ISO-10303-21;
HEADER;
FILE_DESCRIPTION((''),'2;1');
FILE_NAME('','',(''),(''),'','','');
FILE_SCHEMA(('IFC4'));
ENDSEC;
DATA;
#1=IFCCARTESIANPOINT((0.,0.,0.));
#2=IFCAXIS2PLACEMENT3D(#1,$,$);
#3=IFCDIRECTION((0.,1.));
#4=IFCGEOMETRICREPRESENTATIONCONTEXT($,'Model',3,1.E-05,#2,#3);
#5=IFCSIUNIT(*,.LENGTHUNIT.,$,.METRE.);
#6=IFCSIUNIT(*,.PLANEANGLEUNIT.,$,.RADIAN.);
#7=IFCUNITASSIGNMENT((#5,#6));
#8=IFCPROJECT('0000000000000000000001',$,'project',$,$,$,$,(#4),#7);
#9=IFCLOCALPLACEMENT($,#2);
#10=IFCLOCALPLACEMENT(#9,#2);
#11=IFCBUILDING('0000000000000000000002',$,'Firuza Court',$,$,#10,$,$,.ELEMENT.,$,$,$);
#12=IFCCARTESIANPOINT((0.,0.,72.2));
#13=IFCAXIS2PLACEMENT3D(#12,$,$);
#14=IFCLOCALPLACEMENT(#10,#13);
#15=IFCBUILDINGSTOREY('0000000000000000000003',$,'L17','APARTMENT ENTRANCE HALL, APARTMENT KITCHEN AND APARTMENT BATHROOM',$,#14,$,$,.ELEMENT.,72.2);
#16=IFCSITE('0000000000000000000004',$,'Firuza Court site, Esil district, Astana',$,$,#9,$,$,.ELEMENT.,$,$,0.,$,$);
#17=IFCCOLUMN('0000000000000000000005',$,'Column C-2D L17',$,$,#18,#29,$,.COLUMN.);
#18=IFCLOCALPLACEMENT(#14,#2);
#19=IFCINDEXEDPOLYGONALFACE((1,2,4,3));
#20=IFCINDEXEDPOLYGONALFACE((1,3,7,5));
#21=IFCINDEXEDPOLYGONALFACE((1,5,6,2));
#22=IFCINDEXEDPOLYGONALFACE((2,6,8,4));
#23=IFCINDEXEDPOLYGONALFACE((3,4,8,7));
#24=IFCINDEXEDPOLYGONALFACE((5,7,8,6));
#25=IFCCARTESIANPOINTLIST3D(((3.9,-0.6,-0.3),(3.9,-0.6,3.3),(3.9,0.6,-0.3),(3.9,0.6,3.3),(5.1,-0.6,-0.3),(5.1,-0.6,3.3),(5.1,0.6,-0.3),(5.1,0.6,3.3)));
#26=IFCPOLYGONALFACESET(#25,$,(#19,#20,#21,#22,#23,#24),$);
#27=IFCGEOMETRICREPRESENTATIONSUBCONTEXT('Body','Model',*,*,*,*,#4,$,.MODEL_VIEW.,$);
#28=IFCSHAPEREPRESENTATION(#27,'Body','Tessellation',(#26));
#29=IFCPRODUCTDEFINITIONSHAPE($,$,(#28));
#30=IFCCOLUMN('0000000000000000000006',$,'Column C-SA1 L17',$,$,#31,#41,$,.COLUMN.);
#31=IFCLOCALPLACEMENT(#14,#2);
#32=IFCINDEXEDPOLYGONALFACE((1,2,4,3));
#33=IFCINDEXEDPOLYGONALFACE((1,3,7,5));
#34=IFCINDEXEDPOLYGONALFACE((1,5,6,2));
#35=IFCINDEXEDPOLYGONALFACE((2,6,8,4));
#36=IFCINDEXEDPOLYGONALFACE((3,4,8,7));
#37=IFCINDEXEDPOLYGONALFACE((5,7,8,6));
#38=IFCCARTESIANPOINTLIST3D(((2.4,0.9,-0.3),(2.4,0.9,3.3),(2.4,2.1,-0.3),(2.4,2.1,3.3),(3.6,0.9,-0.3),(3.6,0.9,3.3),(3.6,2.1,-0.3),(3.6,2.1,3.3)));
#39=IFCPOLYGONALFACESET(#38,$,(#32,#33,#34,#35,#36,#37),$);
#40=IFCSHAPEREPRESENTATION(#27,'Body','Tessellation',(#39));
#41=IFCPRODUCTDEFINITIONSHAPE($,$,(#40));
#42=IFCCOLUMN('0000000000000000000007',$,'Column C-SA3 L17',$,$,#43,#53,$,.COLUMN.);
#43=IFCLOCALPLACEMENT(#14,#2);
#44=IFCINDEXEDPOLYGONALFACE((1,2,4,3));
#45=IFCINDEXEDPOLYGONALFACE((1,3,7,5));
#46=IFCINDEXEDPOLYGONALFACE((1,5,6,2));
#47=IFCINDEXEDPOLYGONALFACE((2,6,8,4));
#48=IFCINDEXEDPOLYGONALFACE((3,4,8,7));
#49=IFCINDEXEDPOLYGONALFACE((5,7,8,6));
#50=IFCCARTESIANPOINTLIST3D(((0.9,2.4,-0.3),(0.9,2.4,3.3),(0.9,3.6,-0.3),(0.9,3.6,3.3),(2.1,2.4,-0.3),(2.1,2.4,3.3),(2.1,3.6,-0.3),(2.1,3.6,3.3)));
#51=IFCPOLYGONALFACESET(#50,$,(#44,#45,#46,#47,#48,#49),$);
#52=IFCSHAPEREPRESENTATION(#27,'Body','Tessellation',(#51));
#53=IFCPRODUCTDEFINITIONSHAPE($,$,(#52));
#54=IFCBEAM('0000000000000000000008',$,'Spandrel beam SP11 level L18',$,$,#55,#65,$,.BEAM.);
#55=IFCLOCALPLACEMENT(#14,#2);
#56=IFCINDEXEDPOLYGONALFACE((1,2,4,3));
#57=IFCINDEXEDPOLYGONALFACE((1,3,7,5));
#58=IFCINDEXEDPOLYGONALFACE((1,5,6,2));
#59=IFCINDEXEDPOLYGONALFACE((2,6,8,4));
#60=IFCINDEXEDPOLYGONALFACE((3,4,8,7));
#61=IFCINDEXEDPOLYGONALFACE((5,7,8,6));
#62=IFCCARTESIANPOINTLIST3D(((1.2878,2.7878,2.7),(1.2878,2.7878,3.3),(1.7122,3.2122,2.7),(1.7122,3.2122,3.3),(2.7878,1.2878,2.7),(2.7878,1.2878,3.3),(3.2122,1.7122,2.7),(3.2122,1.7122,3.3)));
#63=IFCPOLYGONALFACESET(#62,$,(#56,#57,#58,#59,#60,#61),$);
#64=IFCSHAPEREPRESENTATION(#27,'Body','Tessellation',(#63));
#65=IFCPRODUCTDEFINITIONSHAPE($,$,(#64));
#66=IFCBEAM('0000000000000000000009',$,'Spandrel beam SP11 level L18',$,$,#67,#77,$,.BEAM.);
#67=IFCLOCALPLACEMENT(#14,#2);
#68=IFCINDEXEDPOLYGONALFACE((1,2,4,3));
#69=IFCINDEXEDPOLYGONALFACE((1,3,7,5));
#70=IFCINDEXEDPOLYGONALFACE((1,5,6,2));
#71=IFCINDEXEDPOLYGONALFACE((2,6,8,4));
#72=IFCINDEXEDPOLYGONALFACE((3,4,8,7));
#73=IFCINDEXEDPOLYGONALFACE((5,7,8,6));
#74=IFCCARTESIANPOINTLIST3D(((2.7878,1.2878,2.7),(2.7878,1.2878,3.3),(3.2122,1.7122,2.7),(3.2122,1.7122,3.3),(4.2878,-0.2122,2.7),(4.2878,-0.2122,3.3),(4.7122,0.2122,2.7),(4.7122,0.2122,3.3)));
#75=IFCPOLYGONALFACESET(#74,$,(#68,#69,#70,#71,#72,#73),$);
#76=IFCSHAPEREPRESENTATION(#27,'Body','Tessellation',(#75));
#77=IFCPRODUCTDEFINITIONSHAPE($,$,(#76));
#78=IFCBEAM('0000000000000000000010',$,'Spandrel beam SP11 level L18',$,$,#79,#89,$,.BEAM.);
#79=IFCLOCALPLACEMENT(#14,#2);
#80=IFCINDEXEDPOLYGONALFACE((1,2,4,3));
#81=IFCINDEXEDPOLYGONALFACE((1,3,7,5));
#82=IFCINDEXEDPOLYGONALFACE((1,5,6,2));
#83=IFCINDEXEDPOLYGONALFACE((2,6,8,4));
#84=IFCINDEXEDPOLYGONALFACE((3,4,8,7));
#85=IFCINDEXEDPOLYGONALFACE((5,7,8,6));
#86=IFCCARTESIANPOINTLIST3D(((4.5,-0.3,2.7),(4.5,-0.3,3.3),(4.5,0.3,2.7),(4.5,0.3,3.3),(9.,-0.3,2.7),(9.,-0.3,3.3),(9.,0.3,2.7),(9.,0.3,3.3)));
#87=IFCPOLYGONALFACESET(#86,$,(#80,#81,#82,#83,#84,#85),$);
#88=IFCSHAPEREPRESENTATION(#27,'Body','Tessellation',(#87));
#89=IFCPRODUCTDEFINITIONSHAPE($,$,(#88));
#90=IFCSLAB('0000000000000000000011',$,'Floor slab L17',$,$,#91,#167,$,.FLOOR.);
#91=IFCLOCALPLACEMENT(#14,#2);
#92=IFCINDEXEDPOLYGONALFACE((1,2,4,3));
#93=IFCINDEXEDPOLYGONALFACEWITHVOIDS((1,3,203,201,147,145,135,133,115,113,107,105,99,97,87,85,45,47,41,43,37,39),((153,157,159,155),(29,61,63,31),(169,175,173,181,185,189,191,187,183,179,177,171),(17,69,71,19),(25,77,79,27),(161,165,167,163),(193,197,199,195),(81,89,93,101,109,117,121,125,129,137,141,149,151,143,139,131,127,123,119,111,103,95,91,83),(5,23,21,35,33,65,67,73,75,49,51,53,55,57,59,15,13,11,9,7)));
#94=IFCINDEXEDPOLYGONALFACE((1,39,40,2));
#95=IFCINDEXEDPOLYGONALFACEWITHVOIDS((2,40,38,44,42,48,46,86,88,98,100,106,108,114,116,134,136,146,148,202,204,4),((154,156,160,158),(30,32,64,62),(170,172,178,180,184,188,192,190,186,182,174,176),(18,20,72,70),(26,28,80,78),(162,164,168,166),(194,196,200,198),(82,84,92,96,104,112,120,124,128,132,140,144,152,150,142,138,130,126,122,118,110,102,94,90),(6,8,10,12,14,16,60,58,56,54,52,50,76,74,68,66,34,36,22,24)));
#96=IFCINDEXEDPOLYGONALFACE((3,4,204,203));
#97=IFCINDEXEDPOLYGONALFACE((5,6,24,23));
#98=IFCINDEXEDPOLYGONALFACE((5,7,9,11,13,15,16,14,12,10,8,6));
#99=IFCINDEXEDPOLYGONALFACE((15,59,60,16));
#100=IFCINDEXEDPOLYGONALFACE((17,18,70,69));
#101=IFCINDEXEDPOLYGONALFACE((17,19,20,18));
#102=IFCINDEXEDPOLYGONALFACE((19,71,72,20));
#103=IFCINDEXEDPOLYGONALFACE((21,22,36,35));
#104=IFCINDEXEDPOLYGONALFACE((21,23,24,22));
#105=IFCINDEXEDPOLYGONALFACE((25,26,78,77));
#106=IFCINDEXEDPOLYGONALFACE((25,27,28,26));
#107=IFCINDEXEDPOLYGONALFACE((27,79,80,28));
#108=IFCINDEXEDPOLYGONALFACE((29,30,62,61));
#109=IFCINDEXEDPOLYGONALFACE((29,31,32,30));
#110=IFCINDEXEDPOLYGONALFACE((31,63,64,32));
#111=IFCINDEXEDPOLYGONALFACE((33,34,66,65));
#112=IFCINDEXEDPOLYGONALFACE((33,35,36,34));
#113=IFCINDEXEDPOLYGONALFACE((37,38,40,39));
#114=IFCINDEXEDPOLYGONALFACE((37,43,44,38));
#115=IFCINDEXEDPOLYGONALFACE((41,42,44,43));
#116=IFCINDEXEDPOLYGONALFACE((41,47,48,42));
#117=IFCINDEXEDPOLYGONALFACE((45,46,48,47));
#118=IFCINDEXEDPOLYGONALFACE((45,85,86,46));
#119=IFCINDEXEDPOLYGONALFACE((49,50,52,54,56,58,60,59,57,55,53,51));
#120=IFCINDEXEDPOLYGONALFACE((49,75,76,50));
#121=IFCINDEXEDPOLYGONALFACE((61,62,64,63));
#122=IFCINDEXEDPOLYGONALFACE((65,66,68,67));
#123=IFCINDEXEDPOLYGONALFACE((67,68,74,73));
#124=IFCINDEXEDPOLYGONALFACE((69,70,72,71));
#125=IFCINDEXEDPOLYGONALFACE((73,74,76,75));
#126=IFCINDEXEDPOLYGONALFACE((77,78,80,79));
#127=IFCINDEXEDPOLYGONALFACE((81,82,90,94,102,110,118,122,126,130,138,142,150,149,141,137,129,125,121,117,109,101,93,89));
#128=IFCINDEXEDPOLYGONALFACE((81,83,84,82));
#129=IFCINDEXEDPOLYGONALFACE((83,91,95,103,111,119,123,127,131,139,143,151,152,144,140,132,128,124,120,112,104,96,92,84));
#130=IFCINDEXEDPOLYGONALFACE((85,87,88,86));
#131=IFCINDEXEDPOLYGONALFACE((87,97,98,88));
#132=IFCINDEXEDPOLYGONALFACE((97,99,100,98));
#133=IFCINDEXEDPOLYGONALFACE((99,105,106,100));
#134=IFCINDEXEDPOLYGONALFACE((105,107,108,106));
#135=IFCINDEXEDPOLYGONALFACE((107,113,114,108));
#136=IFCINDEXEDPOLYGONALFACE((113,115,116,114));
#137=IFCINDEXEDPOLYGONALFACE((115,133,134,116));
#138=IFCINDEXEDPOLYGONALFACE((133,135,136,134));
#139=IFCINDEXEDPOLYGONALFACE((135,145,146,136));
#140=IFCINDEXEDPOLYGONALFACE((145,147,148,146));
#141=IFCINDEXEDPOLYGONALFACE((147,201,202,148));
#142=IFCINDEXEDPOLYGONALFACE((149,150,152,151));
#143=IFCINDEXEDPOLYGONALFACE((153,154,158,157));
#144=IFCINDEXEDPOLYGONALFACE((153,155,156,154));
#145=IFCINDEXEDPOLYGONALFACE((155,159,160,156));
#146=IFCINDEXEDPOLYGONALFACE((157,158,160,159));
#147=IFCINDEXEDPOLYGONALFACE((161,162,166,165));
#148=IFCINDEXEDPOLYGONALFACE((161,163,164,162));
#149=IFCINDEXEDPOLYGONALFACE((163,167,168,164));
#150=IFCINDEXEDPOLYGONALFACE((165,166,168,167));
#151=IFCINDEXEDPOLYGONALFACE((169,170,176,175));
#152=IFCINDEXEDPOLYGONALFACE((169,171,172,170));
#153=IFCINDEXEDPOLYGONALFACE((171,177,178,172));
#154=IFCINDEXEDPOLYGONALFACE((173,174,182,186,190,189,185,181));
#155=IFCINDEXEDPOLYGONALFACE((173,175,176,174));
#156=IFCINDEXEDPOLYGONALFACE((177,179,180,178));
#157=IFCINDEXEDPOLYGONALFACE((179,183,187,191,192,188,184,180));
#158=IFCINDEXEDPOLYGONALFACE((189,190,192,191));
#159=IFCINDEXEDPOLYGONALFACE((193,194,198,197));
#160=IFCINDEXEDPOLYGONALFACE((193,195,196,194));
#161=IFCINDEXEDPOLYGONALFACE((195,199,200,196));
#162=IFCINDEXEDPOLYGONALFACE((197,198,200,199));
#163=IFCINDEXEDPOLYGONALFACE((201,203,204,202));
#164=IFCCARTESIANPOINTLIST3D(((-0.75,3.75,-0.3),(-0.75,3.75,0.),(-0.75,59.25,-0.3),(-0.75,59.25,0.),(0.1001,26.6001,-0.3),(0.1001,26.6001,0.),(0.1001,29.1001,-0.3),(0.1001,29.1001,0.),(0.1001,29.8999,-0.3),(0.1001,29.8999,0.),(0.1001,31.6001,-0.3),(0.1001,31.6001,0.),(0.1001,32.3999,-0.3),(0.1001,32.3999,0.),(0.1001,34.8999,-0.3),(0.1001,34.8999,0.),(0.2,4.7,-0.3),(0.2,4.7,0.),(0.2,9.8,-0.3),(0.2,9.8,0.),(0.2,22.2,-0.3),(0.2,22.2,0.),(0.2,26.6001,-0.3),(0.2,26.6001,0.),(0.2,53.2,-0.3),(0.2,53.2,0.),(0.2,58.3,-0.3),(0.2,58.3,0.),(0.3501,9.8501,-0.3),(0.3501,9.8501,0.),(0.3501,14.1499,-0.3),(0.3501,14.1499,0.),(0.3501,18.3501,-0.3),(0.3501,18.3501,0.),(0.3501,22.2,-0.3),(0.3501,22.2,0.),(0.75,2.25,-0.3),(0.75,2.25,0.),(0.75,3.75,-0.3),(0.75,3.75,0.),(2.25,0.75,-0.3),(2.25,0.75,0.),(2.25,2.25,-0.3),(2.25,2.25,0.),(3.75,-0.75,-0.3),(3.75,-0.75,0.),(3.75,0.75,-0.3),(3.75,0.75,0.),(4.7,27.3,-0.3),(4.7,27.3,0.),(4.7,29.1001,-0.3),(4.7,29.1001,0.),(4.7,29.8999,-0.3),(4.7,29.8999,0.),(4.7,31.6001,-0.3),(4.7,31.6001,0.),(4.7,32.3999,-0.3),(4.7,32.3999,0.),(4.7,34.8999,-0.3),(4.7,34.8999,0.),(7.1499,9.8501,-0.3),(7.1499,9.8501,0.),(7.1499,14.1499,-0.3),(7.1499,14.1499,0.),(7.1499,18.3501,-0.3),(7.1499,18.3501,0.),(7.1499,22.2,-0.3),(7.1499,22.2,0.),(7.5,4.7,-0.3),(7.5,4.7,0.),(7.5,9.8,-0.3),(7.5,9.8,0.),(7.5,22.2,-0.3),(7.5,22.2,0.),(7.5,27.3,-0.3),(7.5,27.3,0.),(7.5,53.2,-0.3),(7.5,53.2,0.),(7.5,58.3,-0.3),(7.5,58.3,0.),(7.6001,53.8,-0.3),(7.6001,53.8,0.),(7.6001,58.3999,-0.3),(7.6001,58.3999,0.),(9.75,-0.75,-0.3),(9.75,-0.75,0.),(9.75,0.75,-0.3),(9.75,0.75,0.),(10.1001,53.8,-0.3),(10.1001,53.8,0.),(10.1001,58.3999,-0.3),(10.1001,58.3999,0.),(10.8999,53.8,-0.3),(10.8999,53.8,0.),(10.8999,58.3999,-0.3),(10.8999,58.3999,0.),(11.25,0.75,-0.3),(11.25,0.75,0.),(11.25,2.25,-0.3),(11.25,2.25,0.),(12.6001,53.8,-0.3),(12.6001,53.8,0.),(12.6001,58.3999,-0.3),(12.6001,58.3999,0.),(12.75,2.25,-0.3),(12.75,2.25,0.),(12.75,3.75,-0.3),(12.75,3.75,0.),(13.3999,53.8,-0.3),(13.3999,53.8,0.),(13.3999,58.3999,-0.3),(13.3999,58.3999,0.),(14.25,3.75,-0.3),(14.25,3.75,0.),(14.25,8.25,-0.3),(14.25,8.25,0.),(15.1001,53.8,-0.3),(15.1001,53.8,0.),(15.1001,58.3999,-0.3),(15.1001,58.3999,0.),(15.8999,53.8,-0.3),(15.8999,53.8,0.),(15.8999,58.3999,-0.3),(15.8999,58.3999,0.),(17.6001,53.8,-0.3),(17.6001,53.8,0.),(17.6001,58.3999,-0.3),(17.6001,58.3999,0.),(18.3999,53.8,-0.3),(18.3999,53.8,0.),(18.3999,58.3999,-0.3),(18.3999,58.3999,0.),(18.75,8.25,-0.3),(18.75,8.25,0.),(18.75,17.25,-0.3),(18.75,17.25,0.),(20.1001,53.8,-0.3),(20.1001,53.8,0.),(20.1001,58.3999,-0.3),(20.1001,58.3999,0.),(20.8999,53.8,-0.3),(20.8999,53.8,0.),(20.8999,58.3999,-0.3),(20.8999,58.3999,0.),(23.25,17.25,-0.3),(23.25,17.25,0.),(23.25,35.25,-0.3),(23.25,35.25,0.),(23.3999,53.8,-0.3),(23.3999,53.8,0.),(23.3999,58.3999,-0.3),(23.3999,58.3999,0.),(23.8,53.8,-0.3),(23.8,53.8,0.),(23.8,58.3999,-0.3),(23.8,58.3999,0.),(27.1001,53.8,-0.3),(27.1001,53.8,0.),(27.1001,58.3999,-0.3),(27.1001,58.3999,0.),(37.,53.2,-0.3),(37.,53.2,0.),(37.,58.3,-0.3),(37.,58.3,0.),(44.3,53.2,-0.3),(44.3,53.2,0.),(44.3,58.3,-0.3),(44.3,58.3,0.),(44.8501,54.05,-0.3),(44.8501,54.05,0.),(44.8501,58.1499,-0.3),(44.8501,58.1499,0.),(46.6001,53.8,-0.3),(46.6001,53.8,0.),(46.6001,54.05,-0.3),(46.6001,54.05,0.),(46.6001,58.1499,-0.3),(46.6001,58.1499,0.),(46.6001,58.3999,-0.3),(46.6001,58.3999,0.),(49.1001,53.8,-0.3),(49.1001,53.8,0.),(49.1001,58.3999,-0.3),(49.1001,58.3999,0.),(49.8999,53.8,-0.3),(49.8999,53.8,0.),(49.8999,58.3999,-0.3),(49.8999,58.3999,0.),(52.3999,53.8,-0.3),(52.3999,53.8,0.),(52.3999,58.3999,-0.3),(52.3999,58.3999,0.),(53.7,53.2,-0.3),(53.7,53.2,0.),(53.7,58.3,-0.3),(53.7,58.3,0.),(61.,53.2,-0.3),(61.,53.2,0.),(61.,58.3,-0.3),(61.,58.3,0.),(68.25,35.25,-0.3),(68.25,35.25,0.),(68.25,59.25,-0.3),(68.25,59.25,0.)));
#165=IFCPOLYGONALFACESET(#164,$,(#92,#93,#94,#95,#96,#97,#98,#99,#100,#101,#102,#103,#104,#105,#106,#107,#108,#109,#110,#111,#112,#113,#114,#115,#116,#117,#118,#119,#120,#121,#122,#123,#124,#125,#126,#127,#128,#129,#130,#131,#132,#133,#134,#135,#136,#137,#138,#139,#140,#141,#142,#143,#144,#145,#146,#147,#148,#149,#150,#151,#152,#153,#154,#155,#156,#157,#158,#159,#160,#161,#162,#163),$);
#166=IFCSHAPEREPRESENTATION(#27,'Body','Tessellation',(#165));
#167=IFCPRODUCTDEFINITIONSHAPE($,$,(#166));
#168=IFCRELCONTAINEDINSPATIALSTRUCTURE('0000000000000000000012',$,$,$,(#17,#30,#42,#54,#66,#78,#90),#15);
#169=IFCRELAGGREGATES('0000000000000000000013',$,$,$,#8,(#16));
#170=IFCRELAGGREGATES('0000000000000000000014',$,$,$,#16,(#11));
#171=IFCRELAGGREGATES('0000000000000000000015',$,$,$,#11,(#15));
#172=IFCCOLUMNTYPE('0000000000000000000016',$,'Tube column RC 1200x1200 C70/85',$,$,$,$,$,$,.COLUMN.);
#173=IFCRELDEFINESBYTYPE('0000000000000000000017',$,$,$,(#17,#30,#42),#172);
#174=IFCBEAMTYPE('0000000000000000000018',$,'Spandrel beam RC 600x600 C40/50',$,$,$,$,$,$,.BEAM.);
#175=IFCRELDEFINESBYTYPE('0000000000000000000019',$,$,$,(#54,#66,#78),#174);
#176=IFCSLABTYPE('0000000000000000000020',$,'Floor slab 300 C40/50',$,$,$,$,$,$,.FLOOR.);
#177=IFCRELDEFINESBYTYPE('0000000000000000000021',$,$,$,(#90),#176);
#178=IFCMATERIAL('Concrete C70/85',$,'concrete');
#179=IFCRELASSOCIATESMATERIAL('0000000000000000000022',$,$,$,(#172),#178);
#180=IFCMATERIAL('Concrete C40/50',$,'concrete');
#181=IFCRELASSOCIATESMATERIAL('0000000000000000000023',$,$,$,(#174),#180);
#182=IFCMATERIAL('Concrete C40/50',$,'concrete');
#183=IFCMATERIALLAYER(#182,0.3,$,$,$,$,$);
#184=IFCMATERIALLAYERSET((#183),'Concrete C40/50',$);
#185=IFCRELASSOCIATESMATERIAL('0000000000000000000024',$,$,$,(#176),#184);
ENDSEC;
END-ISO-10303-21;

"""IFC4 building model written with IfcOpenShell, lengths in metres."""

from ifc_helpers import new_model, si_unit, direction, frame, origin, origin_2d, place, context, subcontext, project, spatial, polyline, rectangle, outline, extrude, material, layer, layer_set, material_profile, profile_set, type_object, element, save


model = new_model("IFC4")

# Units and contexts
model_context = context("Model", 3, precision=1e-05, world=origin(), true_north=direction((0.0, 1.0)))
body_context = subcontext(model_context, "Body", "Model", "MODEL_VIEW")
ifc_project = project(units=[si_unit("LENGTHUNIT", "METRE"), si_unit("PLANEANGLEUNIT", "RADIAN")], contexts=[model_context])

# Site, building, storey
site_placement = place(None, origin())
site = spatial("IfcSite", under=ifc_project, at=site_placement, Name="Firuza Court site, Esil district, Astana", CompositionType="ELEMENT", RefElevation=0.0)
building_placement = place(site_placement, origin())
building = spatial("IfcBuilding", under=site, at=building_placement, Name="Firuza Court", CompositionType="ELEMENT")
storey_placement = place(building_placement, frame((0.0, 0.0, 72.2)))
storey = spatial("IfcBuildingStorey", under=building, at=storey_placement, Name="L17", Description="APARTMENT ENTRANCE HALL, APARTMENT KITCHEN AND APARTMENT BATHROOM", CompositionType="ELEMENT", Elevation=72.2)

# Columns
ifc_material_1 = material(Name="Concrete C70/85", Category="concrete")
ifc_material_profile_1 = material_profile(ifc_material_1, rectangle(XDim=1.2, YDim=1.2, at=origin_2d()), Name="RC 1200x1200")
ifc_profile_set_1 = profile_set([ifc_material_profile_1], Name="Concrete C70/85")
column_type = type_object("IfcColumnType", Name="Tube column RC 1200x1200 C70/85", PredefinedType="COLUMN", material=ifc_profile_set_1)
for number, where, z_axis, x_axis, name in (
    (1, (4.5, 0.0, -0.3), (0.0, 0.0, 1.0), (1.0, 0.0, 0.0), "Column C-2D L17"),
    (2, (3.0, 1.5, -0.3), (0.0, 0.0, 1.0), (1.0, 0.0, 0.0), "Column C-SA1 L17"),
    (3, (1.5, 3.0, -0.3), (0.0, 0.0, 1.0), (1.0, 0.0, 0.0), "Column C-SA3 L17"),
):
    element("IfcColumn", number, at=place(storey_placement, frame(where, z_axis=z_axis, x_axis=x_axis)), inside=storey, type_object=column_type, Name=name, PredefinedType="COLUMN", context=body_context, shape_type="SweptSolid", body=[
        extrude(rectangle(XDim=1.2, YDim=1.2, at=origin_2d()), origin(), (0.0, 0.0, 1.0), 3.6001),
    ])

# Beams
ifc_material_2 = material(Name="Concrete C40/50", Category="concrete")
ifc_material_profile_2 = material_profile(ifc_material_2, rectangle(XDim=0.6001, YDim=0.6001, at=origin_2d()), Name="RC 600x600")
ifc_profile_set_2 = profile_set([ifc_material_profile_2], Name="Concrete C40/50")
beam_type = type_object("IfcBeamType", Name="Spandrel beam RC 600x600 C40/50", PredefinedType="BEAM", material=ifc_profile_set_2)
for number, where, z_axis, x_axis, name in (
    (4, (1.5, 3.0, 3.0), (0.707107, -0.707107, 0.0), (0.707107, 0.707107, 0.0), "Spandrel beam SP11 level L18"),
    (5, (3.0, 1.5, 3.0), (0.707107, -0.707107, 0.0), (0.707107, 0.707107, 0.0), "Spandrel beam SP11 level L18"),
):
    element("IfcBeam", number, at=place(storey_placement, frame(where, z_axis=z_axis, x_axis=x_axis)), inside=storey, type_object=beam_type, Name=name, PredefinedType="BEAM", context=body_context, shape_type="SweptSolid", body=[
        extrude(rectangle(XDim=0.6001, YDim=0.6001, at=origin_2d()), origin(), (0.0, 0.0, 1.0), 2.1213),
    ])
beam_placement = place(storey_placement, frame((4.5, 0.0, 3.0), z_axis=(1.0, 0.0, 0.0), x_axis=(0.0, 1.0, 0.0)))
element("IfcBeam", 6, at=beam_placement, inside=storey, type_object=beam_type, Name="Spandrel beam SP11 level L18", PredefinedType="BEAM", context=body_context, shape_type="SweptSolid", body=[
    extrude(rectangle(XDim=0.6001, YDim=0.6001, at=origin_2d()), origin(), (0.0, 0.0, 1.0), 4.5),
])

# Slab
ifc_material_3 = material(Name="Concrete C40/50", Category="concrete")
ifc_layer_1 = layer(ifc_material_3, 0.3)
ifc_layer_set_1 = layer_set([ifc_layer_1], Name="Concrete C40/50")
slab_type_1 = type_object("IfcSlabType", Name="Floor slab 300 C40/50", PredefinedType="FLOOR", material=ifc_layer_set_1)
slab_1_placement = place(storey_placement, frame((0.0, 0.0, -0.3)))
element("IfcSlab", 7, at=slab_1_placement, inside=storey, type_object=slab_type_1, Name="Floor slab L17", PredefinedType="FLOOR", context=body_context, shape_type="SweptSolid", body=[
    extrude(outline(polyline([(3.75, -0.75), (3.75, 0.75), (2.25, 0.75), (2.25, 2.25), (0.75, 2.25), (0.75, 3.75), (-0.75, 3.75), (-0.75, 59.25), (68.25, 59.25), (68.25, 35.25), (23.25, 35.25), (23.25, 17.25), (18.75, 17.25), (18.75, 8.25), (14.25, 8.25), (14.25, 3.75), (12.75, 3.75), (12.75, 2.25), (11.25, 2.25), (11.25, 0.75), (9.75, 0.75), (9.75, -0.75), (3.75, -0.75)]), holes=[polyline([(7.5, 9.8), (0.2, 9.8), (0.2, 4.7), (7.5, 4.7), (7.5, 9.8)]), polyline([(7.1499, 14.1499), (0.3501, 14.1499), (0.3501, 9.8501), (7.1499, 9.8501), (7.1499, 14.1499)]), polyline([(0.2, 22.2), (0.3501, 22.2), (0.3501, 18.3501), (7.1499, 18.3501), (7.1499, 22.2), (7.5, 22.2), (7.5, 27.3), (4.7, 27.3), (4.7, 29.1001), (4.7, 29.8999), (4.7, 31.6001), (4.7, 32.3999), (4.7, 34.8999), (0.1001, 34.8999), (0.1001, 32.3999), (0.1001, 31.6001), (0.1001, 29.8999), (0.1001, 29.1001), (0.1001, 26.6001), (0.2, 26.6001), (0.2, 22.2)]), polyline([(7.5, 58.3), (0.2, 58.3), (0.2, 53.2), (7.5, 53.2), (7.5, 58.3)]), polyline([(10.1001, 58.3999), (7.6001, 58.3999), (7.6001, 53.8), (10.1001, 53.8), (10.8999, 53.8), (12.6001, 53.8), (13.3999, 53.8), (15.1001, 53.8), (15.8999, 53.8), (17.6001, 53.8), (18.3999, 53.8), (20.1001, 53.8), (20.8999, 53.8), (23.3999, 53.8), (23.3999, 58.3999), (20.8999, 58.3999), (20.1001, 58.3999), (18.3999, 58.3999), (17.6001, 58.3999), (15.8999, 58.3999), (15.1001, 58.3999), (13.3999, 58.3999), (12.6001, 58.3999), (10.8999, 58.3999), (10.1001, 58.3999)]), polyline([(44.3, 58.3), (37.0, 58.3), (37.0, 53.2), (44.3, 53.2), (44.3, 58.3)]), polyline([(61.0, 58.3), (53.7, 58.3), (53.7, 53.2), (61.0, 53.2), (61.0, 58.3)]), polyline([(27.1001, 58.3999), (23.8, 58.3999), (23.8, 53.8), (27.1001, 53.8), (27.1001, 58.3999)]), polyline([(46.6001, 58.1499), (44.8501, 58.1499), (44.8501, 54.05), (46.6001, 54.05), (46.6001, 53.8), (49.1001, 53.8), (49.8999, 53.8), (52.3999, 53.8), (52.3999, 58.3999), (49.8999, 58.3999), (49.1001, 58.3999), (46.6001, 58.3999), (46.6001, 58.1499)])]), origin(), (0.0, 0.0, 1.0), 0.3),
])

save(model, "model.ifc")
